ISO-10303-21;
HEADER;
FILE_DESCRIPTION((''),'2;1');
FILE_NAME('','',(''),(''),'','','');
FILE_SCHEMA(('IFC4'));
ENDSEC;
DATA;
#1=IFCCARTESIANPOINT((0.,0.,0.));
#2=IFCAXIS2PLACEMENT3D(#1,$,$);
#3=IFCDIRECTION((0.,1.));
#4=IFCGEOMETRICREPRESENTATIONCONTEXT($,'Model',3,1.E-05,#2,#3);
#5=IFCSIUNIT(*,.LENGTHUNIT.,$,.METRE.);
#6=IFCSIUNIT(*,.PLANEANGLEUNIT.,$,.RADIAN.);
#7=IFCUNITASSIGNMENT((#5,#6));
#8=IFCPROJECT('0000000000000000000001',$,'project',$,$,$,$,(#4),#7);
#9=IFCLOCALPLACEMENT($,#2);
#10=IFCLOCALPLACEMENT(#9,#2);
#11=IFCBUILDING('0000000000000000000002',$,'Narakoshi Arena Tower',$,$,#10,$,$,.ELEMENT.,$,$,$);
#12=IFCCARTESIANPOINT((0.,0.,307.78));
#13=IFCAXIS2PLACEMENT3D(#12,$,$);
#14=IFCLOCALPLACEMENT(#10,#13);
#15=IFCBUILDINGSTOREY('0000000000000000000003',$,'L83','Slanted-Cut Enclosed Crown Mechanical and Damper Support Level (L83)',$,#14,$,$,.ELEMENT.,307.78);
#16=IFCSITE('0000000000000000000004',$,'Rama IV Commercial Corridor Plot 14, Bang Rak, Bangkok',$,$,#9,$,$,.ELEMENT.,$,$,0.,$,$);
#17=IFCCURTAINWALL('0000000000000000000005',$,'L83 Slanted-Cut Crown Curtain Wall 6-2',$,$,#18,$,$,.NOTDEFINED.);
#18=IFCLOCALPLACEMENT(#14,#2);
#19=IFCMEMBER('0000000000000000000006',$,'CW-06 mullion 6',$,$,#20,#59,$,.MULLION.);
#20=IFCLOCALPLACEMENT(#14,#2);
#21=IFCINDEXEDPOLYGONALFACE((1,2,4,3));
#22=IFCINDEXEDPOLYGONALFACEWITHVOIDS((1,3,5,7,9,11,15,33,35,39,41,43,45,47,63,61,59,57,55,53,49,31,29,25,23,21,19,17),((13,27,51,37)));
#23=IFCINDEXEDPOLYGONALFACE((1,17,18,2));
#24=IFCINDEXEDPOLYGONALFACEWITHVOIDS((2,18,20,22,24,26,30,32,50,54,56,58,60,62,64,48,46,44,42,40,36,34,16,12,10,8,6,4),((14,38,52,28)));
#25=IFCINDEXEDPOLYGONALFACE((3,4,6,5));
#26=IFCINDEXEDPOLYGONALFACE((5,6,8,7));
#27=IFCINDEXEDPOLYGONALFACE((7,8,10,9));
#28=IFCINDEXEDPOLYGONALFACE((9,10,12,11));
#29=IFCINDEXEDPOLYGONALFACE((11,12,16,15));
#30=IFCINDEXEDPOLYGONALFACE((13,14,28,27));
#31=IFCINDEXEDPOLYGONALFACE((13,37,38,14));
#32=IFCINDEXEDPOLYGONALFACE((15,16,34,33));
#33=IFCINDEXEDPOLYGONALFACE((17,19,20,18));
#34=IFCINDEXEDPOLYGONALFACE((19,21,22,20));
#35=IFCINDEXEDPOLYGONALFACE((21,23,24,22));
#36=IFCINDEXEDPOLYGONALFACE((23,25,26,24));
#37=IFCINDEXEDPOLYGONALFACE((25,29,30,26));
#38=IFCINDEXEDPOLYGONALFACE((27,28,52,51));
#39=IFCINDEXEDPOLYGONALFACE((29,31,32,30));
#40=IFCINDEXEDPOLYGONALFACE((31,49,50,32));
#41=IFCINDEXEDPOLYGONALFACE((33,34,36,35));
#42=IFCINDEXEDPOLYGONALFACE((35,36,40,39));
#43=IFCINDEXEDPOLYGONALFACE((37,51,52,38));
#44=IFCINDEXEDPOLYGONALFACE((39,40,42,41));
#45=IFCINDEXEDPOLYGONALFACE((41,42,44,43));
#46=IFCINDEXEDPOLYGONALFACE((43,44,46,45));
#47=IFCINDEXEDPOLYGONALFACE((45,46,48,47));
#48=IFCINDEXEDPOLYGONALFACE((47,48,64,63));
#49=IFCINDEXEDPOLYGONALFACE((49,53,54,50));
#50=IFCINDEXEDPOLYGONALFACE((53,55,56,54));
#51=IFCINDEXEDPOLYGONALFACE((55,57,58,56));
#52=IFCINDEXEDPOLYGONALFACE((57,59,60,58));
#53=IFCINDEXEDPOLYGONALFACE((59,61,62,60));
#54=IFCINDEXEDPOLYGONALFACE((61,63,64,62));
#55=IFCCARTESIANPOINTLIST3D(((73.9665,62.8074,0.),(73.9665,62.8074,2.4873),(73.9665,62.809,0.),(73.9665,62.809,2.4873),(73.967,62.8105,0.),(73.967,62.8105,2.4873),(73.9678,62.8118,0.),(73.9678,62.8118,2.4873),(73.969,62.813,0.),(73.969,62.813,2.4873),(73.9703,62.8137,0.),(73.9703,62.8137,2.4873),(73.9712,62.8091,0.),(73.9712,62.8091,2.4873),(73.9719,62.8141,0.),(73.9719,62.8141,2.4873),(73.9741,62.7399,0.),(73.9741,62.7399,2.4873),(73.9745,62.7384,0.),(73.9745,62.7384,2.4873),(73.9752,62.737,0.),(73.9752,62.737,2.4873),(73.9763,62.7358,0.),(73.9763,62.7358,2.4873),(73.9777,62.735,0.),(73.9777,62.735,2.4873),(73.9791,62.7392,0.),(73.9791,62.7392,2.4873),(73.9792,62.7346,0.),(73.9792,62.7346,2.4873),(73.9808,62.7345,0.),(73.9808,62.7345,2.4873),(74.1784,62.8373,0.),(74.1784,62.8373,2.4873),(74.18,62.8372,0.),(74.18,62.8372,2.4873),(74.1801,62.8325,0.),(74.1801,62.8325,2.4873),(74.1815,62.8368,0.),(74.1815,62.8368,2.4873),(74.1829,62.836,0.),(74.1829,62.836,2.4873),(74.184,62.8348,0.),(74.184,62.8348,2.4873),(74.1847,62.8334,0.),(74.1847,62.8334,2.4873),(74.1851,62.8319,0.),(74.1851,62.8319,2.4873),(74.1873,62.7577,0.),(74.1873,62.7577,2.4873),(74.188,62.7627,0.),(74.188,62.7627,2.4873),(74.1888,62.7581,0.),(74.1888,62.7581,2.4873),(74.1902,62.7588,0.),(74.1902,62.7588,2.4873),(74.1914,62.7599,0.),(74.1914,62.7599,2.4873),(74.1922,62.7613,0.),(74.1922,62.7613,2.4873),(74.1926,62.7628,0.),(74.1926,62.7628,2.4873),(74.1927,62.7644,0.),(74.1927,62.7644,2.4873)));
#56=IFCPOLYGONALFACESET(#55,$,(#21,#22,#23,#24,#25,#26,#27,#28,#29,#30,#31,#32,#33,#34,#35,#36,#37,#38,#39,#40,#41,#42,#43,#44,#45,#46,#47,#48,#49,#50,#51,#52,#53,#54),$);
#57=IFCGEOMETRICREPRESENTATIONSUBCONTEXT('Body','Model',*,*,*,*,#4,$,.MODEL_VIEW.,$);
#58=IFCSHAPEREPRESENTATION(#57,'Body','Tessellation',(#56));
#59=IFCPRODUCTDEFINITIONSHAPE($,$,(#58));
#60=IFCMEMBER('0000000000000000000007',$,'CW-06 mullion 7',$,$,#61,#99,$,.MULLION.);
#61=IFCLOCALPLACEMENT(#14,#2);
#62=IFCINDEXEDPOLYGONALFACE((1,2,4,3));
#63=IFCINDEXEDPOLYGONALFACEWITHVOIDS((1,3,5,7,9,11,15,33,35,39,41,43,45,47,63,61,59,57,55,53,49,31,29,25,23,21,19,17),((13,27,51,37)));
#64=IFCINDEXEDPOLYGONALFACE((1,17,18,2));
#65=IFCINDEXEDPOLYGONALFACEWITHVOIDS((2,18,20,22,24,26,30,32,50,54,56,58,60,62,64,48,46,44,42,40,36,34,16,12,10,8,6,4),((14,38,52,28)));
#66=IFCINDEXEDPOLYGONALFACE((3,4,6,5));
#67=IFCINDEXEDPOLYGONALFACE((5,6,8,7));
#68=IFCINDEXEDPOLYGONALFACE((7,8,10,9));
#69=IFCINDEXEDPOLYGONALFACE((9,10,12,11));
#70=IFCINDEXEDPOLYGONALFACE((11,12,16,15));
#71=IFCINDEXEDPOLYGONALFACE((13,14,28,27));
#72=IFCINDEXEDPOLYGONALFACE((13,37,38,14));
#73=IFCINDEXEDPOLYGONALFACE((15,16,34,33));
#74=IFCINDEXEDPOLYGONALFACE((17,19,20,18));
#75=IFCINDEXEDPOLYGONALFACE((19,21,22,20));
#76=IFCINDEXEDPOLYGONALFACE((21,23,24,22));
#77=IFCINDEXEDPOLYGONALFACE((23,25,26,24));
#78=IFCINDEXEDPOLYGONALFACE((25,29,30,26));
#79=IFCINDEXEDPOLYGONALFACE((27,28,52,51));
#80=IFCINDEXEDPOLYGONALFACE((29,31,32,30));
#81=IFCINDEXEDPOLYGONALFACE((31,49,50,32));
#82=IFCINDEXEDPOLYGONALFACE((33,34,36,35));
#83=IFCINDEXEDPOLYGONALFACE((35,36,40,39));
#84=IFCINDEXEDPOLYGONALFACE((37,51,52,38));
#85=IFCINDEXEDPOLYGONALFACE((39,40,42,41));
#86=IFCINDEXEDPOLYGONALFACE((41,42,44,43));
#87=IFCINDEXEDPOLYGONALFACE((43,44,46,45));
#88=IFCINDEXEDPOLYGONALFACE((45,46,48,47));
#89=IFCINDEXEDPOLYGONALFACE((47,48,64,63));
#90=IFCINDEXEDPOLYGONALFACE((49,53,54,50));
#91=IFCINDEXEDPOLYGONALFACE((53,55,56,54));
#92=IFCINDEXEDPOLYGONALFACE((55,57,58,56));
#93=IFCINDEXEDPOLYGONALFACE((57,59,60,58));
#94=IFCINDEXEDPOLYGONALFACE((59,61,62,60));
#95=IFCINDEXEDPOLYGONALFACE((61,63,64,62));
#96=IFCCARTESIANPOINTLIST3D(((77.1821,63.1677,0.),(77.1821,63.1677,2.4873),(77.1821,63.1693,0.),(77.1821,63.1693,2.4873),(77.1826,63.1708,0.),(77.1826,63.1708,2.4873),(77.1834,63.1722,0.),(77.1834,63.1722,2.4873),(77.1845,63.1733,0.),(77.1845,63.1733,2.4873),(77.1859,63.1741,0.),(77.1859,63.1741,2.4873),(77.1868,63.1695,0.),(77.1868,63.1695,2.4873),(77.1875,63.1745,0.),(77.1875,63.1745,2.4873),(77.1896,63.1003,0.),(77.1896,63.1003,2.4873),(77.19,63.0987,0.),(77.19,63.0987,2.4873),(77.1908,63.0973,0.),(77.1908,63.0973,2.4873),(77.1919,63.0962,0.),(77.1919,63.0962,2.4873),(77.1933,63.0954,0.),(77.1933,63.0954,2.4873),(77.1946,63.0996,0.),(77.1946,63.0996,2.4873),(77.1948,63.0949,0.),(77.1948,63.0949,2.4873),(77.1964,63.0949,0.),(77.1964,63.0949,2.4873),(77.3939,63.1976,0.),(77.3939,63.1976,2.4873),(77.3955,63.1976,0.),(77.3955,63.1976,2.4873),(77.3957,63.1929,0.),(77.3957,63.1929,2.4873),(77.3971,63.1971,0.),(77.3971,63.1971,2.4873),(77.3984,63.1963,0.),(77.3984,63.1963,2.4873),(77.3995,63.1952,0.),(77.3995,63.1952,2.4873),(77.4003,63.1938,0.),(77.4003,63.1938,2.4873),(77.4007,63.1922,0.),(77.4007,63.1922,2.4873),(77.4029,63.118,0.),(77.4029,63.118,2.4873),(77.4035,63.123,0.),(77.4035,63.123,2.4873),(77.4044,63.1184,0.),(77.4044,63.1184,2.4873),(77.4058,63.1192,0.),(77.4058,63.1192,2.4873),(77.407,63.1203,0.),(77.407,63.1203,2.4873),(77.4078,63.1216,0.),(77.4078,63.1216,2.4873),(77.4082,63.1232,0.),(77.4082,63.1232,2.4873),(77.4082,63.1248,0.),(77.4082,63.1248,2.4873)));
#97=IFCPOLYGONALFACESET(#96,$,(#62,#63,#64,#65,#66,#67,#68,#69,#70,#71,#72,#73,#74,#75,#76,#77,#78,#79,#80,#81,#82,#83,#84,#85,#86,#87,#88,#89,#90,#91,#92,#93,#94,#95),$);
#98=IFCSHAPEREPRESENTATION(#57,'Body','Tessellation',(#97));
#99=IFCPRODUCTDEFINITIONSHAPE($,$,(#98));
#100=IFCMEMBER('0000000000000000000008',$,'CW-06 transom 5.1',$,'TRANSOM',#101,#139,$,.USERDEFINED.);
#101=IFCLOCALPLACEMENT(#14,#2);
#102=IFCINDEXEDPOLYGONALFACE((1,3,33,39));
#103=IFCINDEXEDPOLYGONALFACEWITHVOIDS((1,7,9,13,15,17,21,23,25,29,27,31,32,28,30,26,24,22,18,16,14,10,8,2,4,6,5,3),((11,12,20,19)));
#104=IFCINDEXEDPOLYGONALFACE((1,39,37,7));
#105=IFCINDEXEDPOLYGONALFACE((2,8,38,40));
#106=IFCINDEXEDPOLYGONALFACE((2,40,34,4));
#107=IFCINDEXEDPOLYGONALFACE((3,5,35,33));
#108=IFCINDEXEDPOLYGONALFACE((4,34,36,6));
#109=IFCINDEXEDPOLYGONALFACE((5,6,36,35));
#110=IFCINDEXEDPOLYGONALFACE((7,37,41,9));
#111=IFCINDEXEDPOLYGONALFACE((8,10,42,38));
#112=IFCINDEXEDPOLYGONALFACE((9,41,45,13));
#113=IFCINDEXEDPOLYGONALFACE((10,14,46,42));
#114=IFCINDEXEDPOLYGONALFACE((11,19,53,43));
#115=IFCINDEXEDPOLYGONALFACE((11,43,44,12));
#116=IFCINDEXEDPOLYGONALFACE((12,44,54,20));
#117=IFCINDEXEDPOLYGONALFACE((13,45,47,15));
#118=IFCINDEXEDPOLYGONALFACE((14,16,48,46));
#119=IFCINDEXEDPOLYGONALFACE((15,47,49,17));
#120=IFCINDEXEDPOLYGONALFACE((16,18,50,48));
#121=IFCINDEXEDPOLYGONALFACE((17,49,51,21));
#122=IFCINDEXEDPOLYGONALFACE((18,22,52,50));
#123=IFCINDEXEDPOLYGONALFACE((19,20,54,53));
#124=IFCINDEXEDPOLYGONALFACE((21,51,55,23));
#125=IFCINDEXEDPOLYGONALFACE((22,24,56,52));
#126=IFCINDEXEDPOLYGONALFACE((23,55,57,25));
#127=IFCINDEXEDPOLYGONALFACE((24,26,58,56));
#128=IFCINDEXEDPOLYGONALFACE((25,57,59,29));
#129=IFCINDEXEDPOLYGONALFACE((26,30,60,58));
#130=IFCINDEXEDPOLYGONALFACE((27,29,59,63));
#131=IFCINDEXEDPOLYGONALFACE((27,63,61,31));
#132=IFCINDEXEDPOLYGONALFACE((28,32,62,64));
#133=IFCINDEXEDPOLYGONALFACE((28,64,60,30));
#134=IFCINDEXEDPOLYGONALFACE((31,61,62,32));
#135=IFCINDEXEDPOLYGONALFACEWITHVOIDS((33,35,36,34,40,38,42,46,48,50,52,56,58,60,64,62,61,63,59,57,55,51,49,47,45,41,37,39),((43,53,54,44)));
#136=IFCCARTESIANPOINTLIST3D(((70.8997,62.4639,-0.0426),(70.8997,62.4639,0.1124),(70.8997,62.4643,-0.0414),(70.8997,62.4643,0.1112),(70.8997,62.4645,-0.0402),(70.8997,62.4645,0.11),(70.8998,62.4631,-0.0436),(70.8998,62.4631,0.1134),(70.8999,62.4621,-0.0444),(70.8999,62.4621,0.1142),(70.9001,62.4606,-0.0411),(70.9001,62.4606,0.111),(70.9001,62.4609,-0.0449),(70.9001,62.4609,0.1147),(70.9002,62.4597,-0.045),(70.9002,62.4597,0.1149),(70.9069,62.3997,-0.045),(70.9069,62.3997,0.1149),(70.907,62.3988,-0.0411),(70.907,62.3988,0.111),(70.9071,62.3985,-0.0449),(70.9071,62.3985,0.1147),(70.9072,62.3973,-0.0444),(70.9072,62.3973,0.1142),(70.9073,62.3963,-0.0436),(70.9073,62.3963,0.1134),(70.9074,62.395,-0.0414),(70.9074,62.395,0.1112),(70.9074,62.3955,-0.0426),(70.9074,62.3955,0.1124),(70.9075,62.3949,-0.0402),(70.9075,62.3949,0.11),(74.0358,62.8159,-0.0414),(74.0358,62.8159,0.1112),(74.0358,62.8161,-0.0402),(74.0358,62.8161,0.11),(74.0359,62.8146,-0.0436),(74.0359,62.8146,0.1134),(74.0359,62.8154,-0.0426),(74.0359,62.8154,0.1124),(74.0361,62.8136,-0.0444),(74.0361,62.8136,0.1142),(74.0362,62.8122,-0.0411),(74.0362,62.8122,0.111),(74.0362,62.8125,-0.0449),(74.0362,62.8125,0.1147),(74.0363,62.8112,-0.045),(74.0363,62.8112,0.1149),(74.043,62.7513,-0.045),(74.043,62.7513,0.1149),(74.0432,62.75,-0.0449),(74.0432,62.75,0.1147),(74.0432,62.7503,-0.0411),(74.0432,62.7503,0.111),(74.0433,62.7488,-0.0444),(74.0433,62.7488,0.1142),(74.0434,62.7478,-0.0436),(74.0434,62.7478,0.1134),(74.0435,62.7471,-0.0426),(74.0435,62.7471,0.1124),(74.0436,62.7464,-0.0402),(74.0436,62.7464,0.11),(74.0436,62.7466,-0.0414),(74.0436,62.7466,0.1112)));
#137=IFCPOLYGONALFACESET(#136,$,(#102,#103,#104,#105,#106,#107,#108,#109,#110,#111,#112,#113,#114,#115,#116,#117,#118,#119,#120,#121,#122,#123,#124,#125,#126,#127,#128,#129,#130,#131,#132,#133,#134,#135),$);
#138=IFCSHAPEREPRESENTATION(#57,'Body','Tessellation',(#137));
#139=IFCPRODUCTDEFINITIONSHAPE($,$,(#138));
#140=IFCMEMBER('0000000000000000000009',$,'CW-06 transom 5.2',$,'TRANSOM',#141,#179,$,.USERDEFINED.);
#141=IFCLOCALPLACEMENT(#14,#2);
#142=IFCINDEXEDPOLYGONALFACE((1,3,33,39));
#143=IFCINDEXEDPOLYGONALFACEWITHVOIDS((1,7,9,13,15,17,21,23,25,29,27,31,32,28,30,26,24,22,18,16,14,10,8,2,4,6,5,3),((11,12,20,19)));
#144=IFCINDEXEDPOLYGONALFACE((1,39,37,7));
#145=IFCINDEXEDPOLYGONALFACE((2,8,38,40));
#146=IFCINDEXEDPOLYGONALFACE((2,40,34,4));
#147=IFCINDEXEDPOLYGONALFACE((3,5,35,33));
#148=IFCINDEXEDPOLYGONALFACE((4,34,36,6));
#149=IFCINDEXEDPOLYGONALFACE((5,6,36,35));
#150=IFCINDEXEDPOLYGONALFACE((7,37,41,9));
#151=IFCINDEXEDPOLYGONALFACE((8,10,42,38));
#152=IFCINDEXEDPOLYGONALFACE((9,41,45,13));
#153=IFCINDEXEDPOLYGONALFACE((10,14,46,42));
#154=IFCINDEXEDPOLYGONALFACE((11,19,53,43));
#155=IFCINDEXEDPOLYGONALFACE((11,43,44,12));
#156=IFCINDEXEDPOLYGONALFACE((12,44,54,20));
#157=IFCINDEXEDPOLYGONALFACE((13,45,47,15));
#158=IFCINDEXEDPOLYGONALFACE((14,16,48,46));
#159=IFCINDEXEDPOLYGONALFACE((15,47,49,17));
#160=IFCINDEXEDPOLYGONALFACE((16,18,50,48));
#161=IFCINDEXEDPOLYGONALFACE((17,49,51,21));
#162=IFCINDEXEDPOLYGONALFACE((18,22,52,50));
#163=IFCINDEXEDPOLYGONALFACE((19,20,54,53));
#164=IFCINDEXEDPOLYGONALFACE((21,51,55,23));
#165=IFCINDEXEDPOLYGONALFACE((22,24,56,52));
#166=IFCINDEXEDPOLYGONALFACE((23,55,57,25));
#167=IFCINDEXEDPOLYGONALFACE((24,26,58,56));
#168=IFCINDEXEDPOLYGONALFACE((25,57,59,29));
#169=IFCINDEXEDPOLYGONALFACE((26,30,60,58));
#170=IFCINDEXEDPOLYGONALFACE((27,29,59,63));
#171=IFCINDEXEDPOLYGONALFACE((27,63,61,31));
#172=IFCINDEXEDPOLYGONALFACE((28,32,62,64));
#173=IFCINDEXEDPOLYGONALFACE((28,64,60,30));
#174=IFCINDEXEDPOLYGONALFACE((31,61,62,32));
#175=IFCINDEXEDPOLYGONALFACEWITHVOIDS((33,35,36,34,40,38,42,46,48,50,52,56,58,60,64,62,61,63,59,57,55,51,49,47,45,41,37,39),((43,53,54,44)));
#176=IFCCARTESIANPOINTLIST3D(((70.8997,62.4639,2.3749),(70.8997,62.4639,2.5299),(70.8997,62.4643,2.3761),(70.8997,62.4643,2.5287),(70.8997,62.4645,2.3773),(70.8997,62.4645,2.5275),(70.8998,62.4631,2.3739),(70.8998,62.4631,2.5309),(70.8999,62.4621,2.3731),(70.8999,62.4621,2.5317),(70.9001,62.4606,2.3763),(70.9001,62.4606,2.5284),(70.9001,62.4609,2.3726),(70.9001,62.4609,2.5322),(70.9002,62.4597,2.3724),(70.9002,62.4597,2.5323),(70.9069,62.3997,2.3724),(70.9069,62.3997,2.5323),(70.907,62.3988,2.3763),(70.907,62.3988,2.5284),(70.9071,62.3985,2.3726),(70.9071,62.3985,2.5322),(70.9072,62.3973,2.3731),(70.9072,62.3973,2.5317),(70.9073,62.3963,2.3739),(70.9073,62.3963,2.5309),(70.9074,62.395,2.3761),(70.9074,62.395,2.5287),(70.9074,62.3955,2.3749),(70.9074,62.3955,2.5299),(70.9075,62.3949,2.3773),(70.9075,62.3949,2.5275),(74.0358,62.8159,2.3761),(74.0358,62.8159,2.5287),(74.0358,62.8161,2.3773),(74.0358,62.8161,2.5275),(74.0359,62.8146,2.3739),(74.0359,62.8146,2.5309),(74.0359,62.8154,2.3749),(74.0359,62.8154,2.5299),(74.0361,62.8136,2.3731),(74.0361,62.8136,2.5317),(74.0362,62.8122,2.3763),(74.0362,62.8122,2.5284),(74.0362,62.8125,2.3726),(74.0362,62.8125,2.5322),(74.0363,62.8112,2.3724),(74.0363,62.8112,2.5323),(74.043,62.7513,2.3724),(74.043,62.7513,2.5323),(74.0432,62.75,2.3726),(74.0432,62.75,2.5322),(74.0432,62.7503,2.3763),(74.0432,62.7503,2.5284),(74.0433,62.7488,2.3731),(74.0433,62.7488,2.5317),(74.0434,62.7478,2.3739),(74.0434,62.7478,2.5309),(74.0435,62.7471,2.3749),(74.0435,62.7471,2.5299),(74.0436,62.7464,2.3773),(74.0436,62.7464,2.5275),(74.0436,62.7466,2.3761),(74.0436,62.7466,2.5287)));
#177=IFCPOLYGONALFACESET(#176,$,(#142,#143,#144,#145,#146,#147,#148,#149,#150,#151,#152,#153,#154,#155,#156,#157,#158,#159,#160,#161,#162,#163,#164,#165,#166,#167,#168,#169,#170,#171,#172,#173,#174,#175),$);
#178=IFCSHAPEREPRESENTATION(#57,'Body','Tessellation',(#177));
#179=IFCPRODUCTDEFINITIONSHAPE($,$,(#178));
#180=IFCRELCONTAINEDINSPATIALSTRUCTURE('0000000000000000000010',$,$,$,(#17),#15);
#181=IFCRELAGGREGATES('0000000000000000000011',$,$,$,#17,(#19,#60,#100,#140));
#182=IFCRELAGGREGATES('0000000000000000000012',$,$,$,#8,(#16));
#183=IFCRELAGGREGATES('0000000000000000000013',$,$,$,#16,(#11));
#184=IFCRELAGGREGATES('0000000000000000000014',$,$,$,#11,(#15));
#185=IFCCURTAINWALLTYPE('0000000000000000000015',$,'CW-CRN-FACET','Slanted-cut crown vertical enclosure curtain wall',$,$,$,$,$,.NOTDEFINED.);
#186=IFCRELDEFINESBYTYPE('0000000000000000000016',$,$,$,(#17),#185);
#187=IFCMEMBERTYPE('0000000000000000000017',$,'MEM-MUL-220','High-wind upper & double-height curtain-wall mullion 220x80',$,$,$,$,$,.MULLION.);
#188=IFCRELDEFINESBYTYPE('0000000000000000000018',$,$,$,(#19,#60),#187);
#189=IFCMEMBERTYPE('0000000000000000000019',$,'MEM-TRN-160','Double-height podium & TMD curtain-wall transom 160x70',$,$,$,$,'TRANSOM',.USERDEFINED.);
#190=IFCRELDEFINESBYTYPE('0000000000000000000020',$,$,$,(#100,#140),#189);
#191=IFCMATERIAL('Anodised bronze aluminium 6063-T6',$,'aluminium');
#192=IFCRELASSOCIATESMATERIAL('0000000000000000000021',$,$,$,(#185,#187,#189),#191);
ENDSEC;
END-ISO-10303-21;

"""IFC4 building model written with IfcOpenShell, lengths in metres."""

from ifc_helpers import new_model, si_unit, direction, frame, origin, origin_2d, place, context, subcontext, project, spatial, hollow_rectangle, extrude, material, material_profile, profile_set, type_object, element, aggregate, save


model = new_model("IFC4")

# Units and contexts
model_context = context("Model", 3, precision=1e-05, world=origin(), true_north=direction((0.0, 1.0)))
body_context = subcontext(model_context, "Body", "Model", "MODEL_VIEW")
ifc_project = project(units=[si_unit("LENGTHUNIT", "METRE"), si_unit("PLANEANGLEUNIT", "RADIAN")], contexts=[model_context])

# Site, building, storey
site_placement = place(None, origin())
site = spatial("IfcSite", under=ifc_project, at=site_placement, Name="Rama IV Commercial Corridor Plot 14, Bang Rak, Bangkok", CompositionType="ELEMENT", RefElevation=0.0)
building_placement = place(site_placement, origin())
building = spatial("IfcBuilding", under=site, at=building_placement, Name="Narakoshi Arena Tower", CompositionType="ELEMENT")
storey_placement = place(building_placement, frame((0.0, 0.0, 307.78)))
storey = spatial("IfcBuildingStorey", under=building, at=storey_placement, Name="L83", Description="Slanted-Cut Enclosed Crown Mechanical and Damper Support Level (L83)", CompositionType="ELEMENT", Elevation=307.78)

# Curtain wall, members
ifc_material_1 = material(Name="Anodised bronze aluminium 6063-T6", Category="aluminium")
curtain_wall_type = type_object("IfcCurtainWallType", Name="CW-CRN-FACET", Description="Slanted-cut crown vertical enclosure curtain wall", PredefinedType="NOTDEFINED", material=ifc_material_1)
curtain_wall_placement = place(storey_placement, origin())
curtain_wall = element("IfcCurtainWall", 1, at=curtain_wall_placement, inside=storey, type_object=curtain_wall_type, Name="L83 Slanted-Cut Crown Curtain Wall 6-2", PredefinedType="NOTDEFINED")
ifc_material_profile_1 = material_profile(ifc_material_1, hollow_rectangle(XDim=0.0801, YDim=0.22, WallThickness=0.0049, OuterFilletRadius=0.0061, at=origin_2d()), Name="MUL220x80x5")
ifc_profile_set_1 = profile_set([ifc_material_profile_1], Name="Anodised bronze aluminium 6063-T6")
member_type_1 = type_object("IfcMemberType", Name="MEM-MUL-220", Description="High-wind upper & double-height curtain-wall mullion 220x80", PredefinedType="MULLION", material=ifc_profile_set_1)
member_1_placement = place(storey_placement, frame((74.0796, 62.7859, 0.0), z_axis=(0.0, 0.0, 1.0), x_axis=(-0.111395, 0.993776, 0.0)))
member_1 = element("IfcMember", 2, at=member_1_placement, type_object=member_type_1, Name="CW-06 mullion 6", PredefinedType="MULLION", context=body_context, shape_type="SweptSolid", body=[
    extrude(hollow_rectangle(XDim=0.0801, YDim=0.22, WallThickness=0.0049, OuterFilletRadius=0.0061, at=origin_2d()), origin(), (0.0, 0.0, 1.0), 2.4873),
])
member_2_placement = place(storey_placement, frame((77.2952, 63.1462, 0.0), z_axis=(0.0, 0.0, 1.0), x_axis=(-0.111395, 0.993776, 0.0)))
member_2 = element("IfcMember", 3, at=member_2_placement, type_object=member_type_1, Name="CW-06 mullion 7", PredefinedType="MULLION", context=body_context, shape_type="SweptSolid", body=[
    extrude(hollow_rectangle(XDim=0.0801, YDim=0.22, WallThickness=0.0049, OuterFilletRadius=0.0061, at=origin_2d()), origin(), (0.0, 0.0, 1.0), 2.4873),
])
ifc_material_profile_2 = material_profile(ifc_material_1, hollow_rectangle(XDim=0.0701, YDim=0.1599, WallThickness=0.0039, OuterFilletRadius=0.0049, at=origin_2d()), Name="TRN160x70x4")
ifc_profile_set_2 = profile_set([ifc_material_profile_2], Name="Anodised bronze aluminium 6063-T6")
member_type_2 = type_object("IfcMemberType", Name="MEM-TRN-160", Description="Double-height podium & TMD curtain-wall transom 160x70", ElementType="TRANSOM", PredefinedType="USERDEFINED", material=ifc_profile_set_2)
member_3_placement = place(storey_placement, frame((70.9036, 62.4297, 0.0349), z_axis=(0.993776, 0.111399, 0.0), x_axis=(-0.111399, 0.993776, 0.0)))
member_3 = element("IfcMember", 4, at=member_3_placement, type_object=member_type_2, Name="CW-06 transom 5.1", ObjectType="TRANSOM", PredefinedType="USERDEFINED", context=body_context, shape_type="SweptSolid", body=[
    extrude(hollow_rectangle(XDim=0.0701, YDim=0.1599, WallThickness=0.0039, OuterFilletRadius=0.0049, at=origin_2d()), origin(), (0.0, 0.0, 1.0), 3.1558),
])
member_4_placement = place(storey_placement, frame((70.9036, 62.4297, 2.4524), z_axis=(0.993776, 0.111399, 0.0), x_axis=(-0.111399, 0.993776, 0.0)))
member_4 = element("IfcMember", 5, at=member_4_placement, type_object=member_type_2, Name="CW-06 transom 5.2", ObjectType="TRANSOM", PredefinedType="USERDEFINED", context=body_context, shape_type="SweptSolid", body=[
    extrude(hollow_rectangle(XDim=0.0701, YDim=0.1599, WallThickness=0.0039, OuterFilletRadius=0.0049, at=origin_2d()), origin(), (0.0, 0.0, 1.0), 3.1558),
])
aggregate(curtain_wall, [member_1, member_2, member_3, member_4])

save(model, "model.ifc")
